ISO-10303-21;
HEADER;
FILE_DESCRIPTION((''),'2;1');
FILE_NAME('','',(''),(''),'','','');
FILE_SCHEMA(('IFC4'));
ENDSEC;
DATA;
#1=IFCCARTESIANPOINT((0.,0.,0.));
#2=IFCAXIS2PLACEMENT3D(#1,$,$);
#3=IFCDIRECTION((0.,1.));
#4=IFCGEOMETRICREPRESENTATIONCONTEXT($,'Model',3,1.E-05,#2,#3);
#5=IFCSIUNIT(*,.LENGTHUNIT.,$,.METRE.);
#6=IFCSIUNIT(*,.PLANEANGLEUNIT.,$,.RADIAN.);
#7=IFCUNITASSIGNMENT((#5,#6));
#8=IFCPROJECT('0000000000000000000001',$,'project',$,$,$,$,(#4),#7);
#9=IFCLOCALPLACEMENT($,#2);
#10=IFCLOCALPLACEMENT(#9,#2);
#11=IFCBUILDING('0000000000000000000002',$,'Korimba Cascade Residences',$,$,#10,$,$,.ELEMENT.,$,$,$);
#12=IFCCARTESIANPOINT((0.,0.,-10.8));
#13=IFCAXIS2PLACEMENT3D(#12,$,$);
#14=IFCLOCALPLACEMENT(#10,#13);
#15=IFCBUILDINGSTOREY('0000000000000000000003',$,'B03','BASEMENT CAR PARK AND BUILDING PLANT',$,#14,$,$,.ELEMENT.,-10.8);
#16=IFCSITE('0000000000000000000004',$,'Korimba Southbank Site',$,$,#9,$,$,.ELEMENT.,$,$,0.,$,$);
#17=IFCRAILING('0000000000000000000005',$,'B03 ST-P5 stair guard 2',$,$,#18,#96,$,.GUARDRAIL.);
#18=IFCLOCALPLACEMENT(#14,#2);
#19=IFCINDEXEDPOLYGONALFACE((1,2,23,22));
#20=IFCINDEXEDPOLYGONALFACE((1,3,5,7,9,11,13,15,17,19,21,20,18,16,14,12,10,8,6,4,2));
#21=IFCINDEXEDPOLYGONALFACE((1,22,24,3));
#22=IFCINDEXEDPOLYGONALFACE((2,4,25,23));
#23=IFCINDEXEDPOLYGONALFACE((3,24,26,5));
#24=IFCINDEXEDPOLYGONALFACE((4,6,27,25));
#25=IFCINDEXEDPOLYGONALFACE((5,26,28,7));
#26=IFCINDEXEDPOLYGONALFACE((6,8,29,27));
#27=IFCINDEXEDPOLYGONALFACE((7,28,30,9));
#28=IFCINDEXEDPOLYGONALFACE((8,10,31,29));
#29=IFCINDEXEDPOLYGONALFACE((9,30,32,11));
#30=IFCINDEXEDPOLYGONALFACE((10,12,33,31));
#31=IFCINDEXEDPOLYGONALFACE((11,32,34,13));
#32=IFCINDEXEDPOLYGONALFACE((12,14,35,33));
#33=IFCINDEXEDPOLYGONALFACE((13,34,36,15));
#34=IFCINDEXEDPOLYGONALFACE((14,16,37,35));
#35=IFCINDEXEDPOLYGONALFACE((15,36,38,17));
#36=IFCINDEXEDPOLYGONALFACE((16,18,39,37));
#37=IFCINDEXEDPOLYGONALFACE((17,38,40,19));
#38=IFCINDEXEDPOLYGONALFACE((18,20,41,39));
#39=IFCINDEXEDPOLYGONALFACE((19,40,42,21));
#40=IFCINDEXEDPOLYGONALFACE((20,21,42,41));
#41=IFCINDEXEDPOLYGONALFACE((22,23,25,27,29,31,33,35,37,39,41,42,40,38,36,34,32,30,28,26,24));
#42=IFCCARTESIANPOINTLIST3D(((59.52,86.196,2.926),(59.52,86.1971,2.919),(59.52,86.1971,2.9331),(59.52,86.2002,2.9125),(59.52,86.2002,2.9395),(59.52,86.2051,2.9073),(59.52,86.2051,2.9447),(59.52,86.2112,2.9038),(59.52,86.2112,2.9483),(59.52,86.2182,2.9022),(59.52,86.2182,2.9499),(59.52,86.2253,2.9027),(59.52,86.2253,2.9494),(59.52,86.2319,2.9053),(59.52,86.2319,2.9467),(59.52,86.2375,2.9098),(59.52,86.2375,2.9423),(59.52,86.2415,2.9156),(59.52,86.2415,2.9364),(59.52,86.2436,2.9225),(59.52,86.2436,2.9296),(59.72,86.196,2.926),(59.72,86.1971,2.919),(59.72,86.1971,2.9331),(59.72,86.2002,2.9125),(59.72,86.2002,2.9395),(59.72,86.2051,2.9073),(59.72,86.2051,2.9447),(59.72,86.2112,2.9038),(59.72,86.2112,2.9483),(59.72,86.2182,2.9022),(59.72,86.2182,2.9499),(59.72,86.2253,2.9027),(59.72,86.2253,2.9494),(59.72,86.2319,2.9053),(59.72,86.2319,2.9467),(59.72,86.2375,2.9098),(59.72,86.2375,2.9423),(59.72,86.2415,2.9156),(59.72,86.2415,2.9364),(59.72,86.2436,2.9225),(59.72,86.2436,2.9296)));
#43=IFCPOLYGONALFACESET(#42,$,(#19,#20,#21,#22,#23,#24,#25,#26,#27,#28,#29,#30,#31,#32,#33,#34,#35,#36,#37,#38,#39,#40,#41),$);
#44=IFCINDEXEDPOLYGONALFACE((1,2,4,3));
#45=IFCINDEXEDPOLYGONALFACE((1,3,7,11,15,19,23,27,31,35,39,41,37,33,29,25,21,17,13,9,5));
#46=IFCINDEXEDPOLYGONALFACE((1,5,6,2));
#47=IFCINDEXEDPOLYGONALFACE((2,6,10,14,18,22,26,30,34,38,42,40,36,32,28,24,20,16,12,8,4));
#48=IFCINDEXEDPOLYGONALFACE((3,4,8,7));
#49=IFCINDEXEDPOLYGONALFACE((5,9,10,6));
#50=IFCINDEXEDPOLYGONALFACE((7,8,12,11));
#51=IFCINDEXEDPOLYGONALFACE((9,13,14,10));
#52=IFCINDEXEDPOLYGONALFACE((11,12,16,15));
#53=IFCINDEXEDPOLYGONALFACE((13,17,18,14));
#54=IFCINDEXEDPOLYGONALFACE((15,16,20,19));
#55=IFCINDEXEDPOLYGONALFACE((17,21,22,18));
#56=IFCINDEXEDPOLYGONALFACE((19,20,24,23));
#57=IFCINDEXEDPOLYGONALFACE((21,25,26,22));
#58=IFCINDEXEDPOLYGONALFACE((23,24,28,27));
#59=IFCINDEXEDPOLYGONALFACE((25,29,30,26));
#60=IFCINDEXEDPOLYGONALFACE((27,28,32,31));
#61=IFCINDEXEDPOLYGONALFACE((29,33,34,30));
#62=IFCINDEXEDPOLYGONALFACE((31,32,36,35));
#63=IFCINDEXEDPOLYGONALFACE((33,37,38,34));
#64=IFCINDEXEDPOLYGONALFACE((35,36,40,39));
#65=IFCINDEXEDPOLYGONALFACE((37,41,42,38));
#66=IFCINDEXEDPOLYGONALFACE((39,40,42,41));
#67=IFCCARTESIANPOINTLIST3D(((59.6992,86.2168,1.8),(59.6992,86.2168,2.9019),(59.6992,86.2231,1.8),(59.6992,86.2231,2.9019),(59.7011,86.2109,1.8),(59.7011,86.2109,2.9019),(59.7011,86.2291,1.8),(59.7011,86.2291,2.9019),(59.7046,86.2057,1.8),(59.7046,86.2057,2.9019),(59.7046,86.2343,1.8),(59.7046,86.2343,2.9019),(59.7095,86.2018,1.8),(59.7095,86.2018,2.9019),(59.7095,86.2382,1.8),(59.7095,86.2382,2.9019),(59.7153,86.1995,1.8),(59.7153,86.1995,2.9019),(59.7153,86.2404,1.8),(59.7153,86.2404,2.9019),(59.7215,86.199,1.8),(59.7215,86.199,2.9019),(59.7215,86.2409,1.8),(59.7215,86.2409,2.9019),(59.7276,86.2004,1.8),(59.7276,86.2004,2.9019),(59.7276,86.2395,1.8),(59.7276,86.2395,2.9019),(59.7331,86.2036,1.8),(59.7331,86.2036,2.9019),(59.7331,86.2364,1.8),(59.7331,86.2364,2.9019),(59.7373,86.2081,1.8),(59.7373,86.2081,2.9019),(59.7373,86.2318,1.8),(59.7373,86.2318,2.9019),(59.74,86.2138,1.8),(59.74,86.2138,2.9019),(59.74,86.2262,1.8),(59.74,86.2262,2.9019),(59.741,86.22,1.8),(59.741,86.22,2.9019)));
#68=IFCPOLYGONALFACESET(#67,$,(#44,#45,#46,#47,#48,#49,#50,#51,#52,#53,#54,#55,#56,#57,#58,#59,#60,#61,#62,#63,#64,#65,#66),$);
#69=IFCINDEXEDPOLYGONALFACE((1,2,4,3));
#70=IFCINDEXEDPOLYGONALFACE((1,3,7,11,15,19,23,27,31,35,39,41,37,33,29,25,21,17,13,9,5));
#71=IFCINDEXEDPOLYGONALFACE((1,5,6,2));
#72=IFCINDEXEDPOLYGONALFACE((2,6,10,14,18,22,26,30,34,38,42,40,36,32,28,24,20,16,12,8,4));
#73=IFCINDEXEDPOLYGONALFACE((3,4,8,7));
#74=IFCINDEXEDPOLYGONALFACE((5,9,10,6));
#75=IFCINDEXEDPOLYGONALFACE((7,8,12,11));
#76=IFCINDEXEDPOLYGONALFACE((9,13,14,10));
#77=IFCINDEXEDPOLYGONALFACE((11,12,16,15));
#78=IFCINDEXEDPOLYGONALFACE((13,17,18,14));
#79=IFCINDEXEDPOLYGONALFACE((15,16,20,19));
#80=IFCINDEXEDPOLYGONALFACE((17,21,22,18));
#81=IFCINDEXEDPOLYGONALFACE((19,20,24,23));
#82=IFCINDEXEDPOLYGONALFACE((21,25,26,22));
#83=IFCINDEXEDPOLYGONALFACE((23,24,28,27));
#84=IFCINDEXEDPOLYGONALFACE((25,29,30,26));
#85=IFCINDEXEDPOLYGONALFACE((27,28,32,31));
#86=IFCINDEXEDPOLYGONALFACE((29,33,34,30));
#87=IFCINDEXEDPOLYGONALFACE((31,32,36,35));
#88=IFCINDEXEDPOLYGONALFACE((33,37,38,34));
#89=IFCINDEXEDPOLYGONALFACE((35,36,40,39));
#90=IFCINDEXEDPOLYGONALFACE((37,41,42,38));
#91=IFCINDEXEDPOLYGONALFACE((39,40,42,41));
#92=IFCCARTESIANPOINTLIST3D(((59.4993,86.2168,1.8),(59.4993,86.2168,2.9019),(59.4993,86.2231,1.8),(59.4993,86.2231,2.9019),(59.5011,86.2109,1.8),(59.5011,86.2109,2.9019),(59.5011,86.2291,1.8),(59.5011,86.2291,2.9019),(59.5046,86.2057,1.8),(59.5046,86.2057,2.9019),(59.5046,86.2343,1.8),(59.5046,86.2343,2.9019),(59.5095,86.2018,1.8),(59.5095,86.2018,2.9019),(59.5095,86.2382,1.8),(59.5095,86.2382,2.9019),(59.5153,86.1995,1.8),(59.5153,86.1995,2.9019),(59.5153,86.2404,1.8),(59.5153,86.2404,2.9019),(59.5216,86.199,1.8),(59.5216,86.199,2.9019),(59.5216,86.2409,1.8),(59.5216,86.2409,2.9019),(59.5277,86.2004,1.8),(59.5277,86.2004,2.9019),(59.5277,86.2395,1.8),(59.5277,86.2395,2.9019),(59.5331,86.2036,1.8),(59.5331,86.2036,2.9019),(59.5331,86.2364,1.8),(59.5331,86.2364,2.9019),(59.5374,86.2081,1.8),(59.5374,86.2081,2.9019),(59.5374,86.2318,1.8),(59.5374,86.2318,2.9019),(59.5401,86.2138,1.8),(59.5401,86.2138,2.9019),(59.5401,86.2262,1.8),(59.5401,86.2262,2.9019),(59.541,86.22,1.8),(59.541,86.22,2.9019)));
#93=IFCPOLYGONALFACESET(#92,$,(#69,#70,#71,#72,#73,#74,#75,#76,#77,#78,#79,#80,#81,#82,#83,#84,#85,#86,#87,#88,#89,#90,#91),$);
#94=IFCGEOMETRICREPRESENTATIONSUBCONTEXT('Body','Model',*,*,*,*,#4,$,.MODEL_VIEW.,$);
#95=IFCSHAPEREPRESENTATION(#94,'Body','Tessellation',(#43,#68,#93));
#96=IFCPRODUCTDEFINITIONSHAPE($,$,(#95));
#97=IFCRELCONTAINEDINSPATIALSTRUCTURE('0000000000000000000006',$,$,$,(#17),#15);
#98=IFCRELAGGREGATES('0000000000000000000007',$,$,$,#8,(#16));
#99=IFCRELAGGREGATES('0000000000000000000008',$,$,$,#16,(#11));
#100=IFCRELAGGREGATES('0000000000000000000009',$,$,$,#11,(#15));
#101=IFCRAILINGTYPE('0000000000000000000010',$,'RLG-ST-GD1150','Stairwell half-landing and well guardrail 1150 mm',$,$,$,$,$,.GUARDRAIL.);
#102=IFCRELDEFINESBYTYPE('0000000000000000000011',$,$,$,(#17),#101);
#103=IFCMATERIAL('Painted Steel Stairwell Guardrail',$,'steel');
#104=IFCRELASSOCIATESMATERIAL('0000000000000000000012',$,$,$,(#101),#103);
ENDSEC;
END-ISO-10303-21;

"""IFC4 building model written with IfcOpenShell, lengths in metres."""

from ifc_helpers import new_model, si_unit, direction, frame, origin, origin_2d, place, context, subcontext, project, spatial, circle, extrude, material, type_object, element, save


model = new_model("IFC4")

# Units and contexts
model_context = context("Model", 3, precision=1e-05, world=origin(), true_north=direction((0.0, 1.0)))
body_context = subcontext(model_context, "Body", "Model", "MODEL_VIEW")
ifc_project = project(units=[si_unit("LENGTHUNIT", "METRE"), si_unit("PLANEANGLEUNIT", "RADIAN")], contexts=[model_context])

# Site, building, storey
site_placement = place(None, origin())
site = spatial("IfcSite", under=ifc_project, at=site_placement, Name="Korimba Southbank Site", CompositionType="ELEMENT", RefElevation=0.0)
building_placement = place(site_placement, origin())
building = spatial("IfcBuilding", under=site, at=building_placement, Name="Korimba Cascade Residences", CompositionType="ELEMENT")
storey_placement = place(building_placement, frame((0.0, 0.0, -10.8)))
storey = spatial("IfcBuildingStorey", under=building, at=storey_placement, Name="B03", Description="BASEMENT CAR PARK AND BUILDING PLANT", CompositionType="ELEMENT", Elevation=-10.8)

# Railing
ifc_material_1 = material(Name="Painted Steel Stairwell Guardrail", Category="steel")
railing_type_1 = type_object("IfcRailingType", Name="RLG-ST-GD1150", Description="Stairwell half-landing and well guardrail 1150 mm", PredefinedType="GUARDRAIL", material=ifc_material_1)
railing_1_placement = place(storey_placement, frame((59.72, 86.22, 1.8)))
element("IfcRailing", 1, at=railing_1_placement, inside=storey, type_object=railing_type_1, Name="B03 ST-P5 stair guard 2", PredefinedType="GUARDRAIL", context=body_context, shape_type="SweptSolid", body=[
    extrude(circle(Radius=0.0239, at=origin_2d()), frame((0.0, 0.0, 1.126), z_axis=(-1.0, 0.0, 0.0), x_axis=(0.0, -1.0, 0.0)), (0.0, 0.0, 1.0), 0.2),
    extrude(circle(Radius=0.021, at=origin_2d()), origin(), (0.0, 0.0, 1.0), 1.1018),
    extrude(circle(Radius=0.021, at=origin_2d()), frame((-0.2, 0.0, 0.0)), (0.0, 0.0, 1.0), 1.1018),
])

save(model, "model.ifc")
